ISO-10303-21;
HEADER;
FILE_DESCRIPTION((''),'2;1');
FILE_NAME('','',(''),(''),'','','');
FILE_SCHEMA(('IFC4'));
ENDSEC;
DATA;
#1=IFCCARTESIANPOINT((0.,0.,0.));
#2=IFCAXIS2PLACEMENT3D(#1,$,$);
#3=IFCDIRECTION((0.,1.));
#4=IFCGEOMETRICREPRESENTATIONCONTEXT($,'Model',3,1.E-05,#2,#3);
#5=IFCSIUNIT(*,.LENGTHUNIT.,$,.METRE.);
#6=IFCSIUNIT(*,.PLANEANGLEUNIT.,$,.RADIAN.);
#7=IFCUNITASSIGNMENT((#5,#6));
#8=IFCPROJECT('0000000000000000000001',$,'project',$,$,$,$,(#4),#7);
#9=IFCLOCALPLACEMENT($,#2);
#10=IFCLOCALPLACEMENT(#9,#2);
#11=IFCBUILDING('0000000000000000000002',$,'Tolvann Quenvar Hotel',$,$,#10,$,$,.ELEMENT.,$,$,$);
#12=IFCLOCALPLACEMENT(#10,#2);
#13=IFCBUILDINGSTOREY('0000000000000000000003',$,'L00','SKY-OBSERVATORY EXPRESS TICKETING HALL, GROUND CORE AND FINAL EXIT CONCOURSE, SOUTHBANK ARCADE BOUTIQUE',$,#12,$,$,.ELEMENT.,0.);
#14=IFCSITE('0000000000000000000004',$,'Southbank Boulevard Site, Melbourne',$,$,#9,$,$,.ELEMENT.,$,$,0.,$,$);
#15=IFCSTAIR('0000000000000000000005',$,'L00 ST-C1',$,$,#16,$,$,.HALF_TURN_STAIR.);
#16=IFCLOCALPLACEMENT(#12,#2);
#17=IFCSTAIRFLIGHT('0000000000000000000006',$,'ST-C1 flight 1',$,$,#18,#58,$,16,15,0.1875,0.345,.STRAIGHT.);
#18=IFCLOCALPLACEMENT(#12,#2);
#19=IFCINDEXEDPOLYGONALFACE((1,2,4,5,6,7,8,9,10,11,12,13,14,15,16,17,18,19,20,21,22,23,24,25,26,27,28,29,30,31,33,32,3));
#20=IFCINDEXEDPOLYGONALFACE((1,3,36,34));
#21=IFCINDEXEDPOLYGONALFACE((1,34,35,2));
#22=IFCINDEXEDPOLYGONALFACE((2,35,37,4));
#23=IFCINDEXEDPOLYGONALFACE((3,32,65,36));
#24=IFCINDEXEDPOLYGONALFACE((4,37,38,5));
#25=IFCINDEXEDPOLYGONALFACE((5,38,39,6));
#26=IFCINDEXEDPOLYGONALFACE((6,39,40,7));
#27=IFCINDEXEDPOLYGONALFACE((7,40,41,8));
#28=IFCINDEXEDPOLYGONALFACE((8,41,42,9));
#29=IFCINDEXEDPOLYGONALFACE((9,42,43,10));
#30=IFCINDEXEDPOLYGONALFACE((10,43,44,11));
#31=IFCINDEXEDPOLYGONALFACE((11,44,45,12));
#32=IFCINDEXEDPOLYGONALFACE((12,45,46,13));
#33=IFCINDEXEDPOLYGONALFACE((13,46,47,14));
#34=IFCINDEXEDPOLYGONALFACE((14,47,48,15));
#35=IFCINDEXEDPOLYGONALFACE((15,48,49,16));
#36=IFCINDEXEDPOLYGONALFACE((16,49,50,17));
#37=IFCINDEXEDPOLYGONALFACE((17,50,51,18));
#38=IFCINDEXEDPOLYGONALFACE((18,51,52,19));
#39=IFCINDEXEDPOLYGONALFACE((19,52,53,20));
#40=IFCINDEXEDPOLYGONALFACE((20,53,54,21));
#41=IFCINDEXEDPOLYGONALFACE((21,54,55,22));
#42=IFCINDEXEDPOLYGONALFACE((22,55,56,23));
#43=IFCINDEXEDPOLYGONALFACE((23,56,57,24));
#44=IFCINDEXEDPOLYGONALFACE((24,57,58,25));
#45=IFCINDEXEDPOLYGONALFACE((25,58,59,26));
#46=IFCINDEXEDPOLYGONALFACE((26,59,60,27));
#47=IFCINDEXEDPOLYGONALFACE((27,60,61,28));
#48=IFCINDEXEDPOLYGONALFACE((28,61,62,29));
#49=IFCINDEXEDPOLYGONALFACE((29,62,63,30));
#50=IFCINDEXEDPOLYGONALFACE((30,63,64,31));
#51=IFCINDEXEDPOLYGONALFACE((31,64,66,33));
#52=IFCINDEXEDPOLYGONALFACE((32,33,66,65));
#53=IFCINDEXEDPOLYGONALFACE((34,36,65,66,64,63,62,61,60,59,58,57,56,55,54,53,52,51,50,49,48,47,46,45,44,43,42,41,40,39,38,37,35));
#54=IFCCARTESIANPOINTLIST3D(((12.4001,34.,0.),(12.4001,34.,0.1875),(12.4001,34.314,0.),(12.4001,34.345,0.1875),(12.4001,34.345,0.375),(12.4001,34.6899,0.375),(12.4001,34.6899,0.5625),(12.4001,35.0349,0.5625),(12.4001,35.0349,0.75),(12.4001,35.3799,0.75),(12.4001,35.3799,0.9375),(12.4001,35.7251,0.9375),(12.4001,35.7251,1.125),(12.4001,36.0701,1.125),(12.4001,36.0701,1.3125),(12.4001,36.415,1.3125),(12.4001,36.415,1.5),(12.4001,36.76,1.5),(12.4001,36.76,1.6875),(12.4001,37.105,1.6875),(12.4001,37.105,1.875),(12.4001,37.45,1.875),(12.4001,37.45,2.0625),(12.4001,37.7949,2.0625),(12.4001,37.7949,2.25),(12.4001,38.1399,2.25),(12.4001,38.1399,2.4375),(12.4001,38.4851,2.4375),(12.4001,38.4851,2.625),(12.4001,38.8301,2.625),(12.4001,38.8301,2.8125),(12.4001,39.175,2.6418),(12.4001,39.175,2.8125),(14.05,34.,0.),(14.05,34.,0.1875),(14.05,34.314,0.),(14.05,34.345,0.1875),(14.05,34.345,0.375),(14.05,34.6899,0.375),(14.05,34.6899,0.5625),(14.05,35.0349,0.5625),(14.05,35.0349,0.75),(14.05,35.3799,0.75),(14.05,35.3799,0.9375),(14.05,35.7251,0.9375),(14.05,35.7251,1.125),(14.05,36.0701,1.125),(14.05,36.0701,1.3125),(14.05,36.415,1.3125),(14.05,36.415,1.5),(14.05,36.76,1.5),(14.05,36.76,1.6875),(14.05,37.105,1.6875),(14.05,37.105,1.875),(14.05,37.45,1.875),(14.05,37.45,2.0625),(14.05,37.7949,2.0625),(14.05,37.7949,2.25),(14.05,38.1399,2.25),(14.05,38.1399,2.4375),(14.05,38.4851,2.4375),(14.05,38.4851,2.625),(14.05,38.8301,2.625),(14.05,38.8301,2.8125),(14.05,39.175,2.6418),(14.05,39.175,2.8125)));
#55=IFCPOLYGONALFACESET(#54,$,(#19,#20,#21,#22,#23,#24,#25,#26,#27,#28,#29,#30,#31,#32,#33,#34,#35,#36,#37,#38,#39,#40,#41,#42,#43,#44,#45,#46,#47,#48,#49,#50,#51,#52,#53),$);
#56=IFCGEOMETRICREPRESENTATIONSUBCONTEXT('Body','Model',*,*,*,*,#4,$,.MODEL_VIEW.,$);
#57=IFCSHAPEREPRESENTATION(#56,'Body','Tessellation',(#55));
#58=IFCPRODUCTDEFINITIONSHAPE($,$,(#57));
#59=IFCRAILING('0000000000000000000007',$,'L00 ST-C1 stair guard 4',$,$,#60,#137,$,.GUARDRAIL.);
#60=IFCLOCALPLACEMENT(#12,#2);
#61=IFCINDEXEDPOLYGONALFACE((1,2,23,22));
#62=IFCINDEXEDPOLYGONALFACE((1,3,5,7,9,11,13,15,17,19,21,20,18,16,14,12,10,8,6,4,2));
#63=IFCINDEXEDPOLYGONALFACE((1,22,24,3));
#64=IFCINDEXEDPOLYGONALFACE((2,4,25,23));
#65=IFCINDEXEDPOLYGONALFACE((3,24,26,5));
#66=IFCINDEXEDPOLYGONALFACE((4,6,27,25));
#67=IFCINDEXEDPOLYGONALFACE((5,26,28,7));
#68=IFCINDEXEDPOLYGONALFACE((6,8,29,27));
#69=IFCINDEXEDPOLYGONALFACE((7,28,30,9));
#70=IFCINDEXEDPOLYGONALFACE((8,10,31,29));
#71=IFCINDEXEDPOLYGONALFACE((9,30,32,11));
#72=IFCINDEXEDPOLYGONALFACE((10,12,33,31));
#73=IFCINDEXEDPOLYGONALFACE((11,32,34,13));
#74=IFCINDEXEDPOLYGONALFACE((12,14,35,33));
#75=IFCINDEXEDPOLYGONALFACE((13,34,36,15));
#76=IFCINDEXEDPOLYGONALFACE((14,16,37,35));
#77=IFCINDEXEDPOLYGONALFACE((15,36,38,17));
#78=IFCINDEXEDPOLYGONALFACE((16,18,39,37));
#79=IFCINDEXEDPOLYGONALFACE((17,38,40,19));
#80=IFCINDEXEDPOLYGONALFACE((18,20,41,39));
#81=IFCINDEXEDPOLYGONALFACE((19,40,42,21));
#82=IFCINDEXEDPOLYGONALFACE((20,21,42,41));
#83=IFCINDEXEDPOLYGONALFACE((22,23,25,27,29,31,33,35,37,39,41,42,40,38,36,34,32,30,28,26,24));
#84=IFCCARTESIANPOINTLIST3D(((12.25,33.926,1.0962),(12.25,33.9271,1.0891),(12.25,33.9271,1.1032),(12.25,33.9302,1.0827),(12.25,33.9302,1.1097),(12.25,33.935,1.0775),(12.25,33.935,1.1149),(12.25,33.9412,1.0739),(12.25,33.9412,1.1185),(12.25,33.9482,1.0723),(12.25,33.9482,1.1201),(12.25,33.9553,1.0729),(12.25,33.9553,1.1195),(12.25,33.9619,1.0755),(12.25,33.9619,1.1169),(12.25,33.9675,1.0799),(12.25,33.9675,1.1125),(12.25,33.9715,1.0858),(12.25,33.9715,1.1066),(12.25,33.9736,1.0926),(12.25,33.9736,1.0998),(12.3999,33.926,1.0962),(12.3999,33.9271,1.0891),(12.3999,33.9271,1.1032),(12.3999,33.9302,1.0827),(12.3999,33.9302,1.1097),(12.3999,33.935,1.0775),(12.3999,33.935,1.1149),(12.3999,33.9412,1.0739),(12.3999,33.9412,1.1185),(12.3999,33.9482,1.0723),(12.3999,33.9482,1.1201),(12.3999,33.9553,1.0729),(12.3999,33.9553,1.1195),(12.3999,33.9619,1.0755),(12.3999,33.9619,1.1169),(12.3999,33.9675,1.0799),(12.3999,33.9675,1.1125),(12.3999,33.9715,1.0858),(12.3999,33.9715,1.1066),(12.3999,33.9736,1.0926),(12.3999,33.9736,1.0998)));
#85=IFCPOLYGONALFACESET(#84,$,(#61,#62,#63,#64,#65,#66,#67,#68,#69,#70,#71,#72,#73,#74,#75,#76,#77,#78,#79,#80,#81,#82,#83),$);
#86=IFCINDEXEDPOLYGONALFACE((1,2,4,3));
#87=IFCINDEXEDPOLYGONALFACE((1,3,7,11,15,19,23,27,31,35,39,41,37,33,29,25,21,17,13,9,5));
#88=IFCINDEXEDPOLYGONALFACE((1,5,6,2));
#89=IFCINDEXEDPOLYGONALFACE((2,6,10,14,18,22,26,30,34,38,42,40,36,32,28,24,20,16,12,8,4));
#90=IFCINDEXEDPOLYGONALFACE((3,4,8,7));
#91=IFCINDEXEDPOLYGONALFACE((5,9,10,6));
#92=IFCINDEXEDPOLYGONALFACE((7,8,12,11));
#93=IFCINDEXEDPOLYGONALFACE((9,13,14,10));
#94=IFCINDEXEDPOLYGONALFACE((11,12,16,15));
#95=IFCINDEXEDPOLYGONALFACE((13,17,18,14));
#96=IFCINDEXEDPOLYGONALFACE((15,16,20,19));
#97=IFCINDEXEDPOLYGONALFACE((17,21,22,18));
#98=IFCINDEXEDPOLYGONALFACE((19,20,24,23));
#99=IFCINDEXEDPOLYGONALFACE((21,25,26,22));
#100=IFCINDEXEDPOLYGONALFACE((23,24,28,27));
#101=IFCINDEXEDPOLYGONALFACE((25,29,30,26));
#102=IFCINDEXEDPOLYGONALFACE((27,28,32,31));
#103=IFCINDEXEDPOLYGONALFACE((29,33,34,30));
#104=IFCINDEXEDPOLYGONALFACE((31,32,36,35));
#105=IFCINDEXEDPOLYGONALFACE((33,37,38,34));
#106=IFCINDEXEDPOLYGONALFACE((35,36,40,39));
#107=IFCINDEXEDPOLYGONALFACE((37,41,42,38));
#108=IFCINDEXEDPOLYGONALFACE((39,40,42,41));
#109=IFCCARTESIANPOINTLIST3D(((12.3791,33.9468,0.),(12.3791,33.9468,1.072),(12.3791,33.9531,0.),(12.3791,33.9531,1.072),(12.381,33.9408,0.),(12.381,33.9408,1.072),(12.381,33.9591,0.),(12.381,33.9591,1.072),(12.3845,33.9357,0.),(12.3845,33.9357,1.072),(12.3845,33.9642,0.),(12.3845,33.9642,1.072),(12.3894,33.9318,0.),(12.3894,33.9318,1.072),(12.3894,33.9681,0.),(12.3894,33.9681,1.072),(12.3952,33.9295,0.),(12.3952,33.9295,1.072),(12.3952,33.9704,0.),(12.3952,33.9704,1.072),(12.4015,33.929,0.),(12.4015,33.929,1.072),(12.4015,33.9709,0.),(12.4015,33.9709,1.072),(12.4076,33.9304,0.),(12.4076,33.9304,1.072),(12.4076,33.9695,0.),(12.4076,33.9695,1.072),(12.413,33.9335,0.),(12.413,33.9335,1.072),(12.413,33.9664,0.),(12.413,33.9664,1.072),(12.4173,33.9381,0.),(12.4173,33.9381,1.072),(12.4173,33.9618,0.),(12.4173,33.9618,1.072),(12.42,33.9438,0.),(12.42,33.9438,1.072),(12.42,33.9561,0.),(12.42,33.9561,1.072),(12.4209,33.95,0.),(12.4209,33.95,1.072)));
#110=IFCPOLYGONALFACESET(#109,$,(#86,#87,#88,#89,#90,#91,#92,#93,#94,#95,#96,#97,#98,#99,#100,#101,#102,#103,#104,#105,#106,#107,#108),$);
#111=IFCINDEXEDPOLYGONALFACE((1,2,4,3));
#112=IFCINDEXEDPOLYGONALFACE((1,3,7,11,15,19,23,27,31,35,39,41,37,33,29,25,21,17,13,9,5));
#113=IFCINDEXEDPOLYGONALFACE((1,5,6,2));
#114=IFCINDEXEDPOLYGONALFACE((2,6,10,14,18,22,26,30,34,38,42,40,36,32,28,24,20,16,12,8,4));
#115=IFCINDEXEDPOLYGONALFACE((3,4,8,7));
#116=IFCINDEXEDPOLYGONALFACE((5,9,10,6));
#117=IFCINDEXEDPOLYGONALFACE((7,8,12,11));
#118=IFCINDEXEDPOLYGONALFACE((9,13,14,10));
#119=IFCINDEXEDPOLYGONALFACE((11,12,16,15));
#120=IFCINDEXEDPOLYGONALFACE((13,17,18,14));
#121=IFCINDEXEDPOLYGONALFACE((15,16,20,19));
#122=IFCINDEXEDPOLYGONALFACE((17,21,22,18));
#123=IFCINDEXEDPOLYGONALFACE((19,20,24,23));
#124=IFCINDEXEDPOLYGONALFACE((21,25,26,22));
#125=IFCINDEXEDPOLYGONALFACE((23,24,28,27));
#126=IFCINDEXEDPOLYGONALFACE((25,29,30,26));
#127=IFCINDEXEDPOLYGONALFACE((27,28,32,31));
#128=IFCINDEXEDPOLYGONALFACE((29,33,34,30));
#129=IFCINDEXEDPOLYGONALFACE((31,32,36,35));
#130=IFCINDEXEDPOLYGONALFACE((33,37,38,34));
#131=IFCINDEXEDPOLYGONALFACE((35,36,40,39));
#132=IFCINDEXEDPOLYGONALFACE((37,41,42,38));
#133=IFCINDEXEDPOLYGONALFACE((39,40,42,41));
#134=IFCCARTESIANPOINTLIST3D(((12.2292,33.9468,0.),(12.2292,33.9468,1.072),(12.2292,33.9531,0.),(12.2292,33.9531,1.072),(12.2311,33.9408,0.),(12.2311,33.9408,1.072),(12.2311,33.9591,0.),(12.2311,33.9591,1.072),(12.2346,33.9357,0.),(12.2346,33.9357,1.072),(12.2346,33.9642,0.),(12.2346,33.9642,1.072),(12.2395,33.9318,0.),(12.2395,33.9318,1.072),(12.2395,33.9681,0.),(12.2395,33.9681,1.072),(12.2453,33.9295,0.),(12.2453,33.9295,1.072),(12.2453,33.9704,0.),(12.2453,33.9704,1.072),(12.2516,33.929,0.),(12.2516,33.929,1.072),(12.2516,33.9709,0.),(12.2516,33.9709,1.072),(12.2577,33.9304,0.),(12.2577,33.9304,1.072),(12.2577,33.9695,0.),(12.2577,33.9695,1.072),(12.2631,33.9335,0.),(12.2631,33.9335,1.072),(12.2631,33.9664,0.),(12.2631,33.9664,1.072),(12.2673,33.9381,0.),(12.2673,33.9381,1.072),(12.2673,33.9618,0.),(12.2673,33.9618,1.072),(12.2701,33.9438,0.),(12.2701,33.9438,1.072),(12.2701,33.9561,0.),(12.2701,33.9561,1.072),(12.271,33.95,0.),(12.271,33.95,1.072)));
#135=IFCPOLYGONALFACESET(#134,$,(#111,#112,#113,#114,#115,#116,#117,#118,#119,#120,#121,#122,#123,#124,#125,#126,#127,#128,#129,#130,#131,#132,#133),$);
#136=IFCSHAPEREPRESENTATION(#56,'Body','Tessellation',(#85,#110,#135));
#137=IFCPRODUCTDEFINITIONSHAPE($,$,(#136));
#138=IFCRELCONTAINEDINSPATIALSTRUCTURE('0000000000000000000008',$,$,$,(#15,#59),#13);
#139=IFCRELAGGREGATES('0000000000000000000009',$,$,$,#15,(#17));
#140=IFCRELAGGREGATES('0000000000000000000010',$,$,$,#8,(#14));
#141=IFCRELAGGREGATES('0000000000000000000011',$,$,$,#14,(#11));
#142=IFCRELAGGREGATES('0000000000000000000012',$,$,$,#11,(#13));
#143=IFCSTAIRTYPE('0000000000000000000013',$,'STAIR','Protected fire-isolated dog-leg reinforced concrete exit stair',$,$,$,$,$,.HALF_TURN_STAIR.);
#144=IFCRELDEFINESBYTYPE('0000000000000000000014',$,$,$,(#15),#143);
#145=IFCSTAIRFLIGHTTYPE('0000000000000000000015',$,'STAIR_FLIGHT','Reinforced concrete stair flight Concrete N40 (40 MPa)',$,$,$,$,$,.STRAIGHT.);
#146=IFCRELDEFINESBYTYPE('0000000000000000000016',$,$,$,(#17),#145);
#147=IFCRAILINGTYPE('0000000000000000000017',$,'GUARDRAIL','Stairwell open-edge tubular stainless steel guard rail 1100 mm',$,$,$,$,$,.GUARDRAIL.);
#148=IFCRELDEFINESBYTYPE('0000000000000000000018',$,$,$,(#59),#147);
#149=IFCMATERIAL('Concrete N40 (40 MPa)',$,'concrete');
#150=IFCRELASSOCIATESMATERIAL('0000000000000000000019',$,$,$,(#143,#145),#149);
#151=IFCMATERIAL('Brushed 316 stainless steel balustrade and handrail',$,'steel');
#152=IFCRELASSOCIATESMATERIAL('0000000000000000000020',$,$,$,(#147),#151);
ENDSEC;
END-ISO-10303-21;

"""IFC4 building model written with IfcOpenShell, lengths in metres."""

from ifc_helpers import new_model, si_unit, direction, frame, origin, origin_2d, place, context, subcontext, project, spatial, polyline, circle, outline, extrude, material, type_object, element, aggregate, save


model = new_model("IFC4")

# Units and contexts
model_context = context("Model", 3, precision=1e-05, world=origin(), true_north=direction((0.0, 1.0)))
body_context = subcontext(model_context, "Body", "Model", "MODEL_VIEW")
ifc_project = project(units=[si_unit("LENGTHUNIT", "METRE"), si_unit("PLANEANGLEUNIT", "RADIAN")], contexts=[model_context])

# Site, building, storey
site_placement = place(None, origin())
site = spatial("IfcSite", under=ifc_project, at=site_placement, Name="Southbank Boulevard Site, Melbourne", CompositionType="ELEMENT", RefElevation=0.0)
building_placement = place(site_placement, origin())
building = spatial("IfcBuilding", under=site, at=building_placement, Name="Tolvann Quenvar Hotel", CompositionType="ELEMENT")
storey_placement = place(building_placement, origin())
storey = spatial("IfcBuildingStorey", under=building, at=storey_placement, Name="L00", Description="SKY-OBSERVATORY EXPRESS TICKETING HALL, GROUND CORE AND FINAL EXIT CONCOURSE, SOUTHBANK ARCADE BOUTIQUE", CompositionType="ELEMENT", Elevation=0.0)

# Shared definitions
ifc_material_1 = material(Name="Concrete N40 (40 MPa)", Category="concrete")

# Stair, stair flight
stair_type = type_object("IfcStairType", Name="STAIR", Description="Protected fire-isolated dog-leg reinforced concrete exit stair", PredefinedType="HALF_TURN_STAIR", material=ifc_material_1)
stair_placement = place(storey_placement, origin())
stair = element("IfcStair", 1, at=stair_placement, inside=storey, type_object=stair_type, Name="L00 ST-C1", PredefinedType="HALF_TURN_STAIR")
stair_flight_type = type_object("IfcStairFlightType", Name="STAIR_FLIGHT", Description="Reinforced concrete stair flight Concrete N40 (40 MPa)", PredefinedType="STRAIGHT", material=ifc_material_1)
stair_flight_placement = place(storey_placement, frame((13.2251, 34.0, 0.0), z_axis=(0.0, 0.0, 1.0), x_axis=(0.0, 1.0, 0.0)))
stair_flight = element("IfcStairFlight", 2, at=stair_flight_placement, type_object=stair_flight_type, Name="ST-C1 flight 1", NumberOfRisers=16, NumberOfTreads=15, PredefinedType="STRAIGHT", RiserHeight=0.1875, TreadLength=0.345, context=body_context, shape_type="SweptSolid", body=[
    extrude(outline(polyline([(0.0, 0.0), (0.0, 0.1875), (0.345, 0.1875), (0.345, 0.375), (0.6899, 0.375), (0.6899, 0.5625), (1.0349, 0.5625), (1.0349, 0.75), (1.3799, 0.75), (1.3799, 0.9375), (1.7251, 0.9375), (1.7251, 1.125), (2.0701, 1.125), (2.0701, 1.3125), (2.415, 1.3125), (2.415, 1.5), (2.76, 1.5), (2.76, 1.6875), (3.105, 1.6875), (3.105, 1.875), (3.45, 1.875), (3.45, 2.0625), (3.7949, 2.0625), (3.7949, 2.25), (4.1399, 2.25), (4.1399, 2.4375), (4.4851, 2.4375), (4.4851, 2.625), (4.8301, 2.625), (4.8301, 2.8125), (5.175, 2.8125), (5.175, 3.0), (5.175, 2.6418), (0.314, 0.0), (0.0, 0.0)])), frame((0.0, 0.825, 0.0), z_axis=(0.0, -1.0, 0.0), x_axis=(1.0, 0.0, 0.0)), (0.0, 0.0, 1.0), 1.6499),
])
aggregate(stair, [stair_flight])

# Railing
ifc_material_2 = material(Name="Brushed 316 stainless steel balustrade and handrail", Category="steel")
railing_type_1 = type_object("IfcRailingType", Name="GUARDRAIL", Description="Stairwell open-edge tubular stainless steel guard rail 1100 mm", PredefinedType="GUARDRAIL", material=ifc_material_2)
railing_1_placement = place(storey_placement, frame((12.3999, 33.95, 0.0)))
element("IfcRailing", 3, at=railing_1_placement, inside=storey, type_object=railing_type_1, Name="L00 ST-C1 stair guard 4", PredefinedType="GUARDRAIL", context=body_context, shape_type="SweptSolid", body=[
    extrude(circle(Radius=0.0239, at=origin_2d()), frame((0.0, 0.0, 1.0962), z_axis=(-1.0, 0.0, 0.0), x_axis=(0.0, -1.0, 0.0)), (0.0, 0.0, 1.0), 0.1499),
    extrude(circle(Radius=0.021, at=origin_2d()), origin(), (0.0, 0.0, 1.0), 1.072),
    extrude(circle(Radius=0.021, at=origin_2d()), frame((-0.1499, 0.0, 0.0)), (0.0, 0.0, 1.0), 1.072),
])

save(model, "model.ifc")
